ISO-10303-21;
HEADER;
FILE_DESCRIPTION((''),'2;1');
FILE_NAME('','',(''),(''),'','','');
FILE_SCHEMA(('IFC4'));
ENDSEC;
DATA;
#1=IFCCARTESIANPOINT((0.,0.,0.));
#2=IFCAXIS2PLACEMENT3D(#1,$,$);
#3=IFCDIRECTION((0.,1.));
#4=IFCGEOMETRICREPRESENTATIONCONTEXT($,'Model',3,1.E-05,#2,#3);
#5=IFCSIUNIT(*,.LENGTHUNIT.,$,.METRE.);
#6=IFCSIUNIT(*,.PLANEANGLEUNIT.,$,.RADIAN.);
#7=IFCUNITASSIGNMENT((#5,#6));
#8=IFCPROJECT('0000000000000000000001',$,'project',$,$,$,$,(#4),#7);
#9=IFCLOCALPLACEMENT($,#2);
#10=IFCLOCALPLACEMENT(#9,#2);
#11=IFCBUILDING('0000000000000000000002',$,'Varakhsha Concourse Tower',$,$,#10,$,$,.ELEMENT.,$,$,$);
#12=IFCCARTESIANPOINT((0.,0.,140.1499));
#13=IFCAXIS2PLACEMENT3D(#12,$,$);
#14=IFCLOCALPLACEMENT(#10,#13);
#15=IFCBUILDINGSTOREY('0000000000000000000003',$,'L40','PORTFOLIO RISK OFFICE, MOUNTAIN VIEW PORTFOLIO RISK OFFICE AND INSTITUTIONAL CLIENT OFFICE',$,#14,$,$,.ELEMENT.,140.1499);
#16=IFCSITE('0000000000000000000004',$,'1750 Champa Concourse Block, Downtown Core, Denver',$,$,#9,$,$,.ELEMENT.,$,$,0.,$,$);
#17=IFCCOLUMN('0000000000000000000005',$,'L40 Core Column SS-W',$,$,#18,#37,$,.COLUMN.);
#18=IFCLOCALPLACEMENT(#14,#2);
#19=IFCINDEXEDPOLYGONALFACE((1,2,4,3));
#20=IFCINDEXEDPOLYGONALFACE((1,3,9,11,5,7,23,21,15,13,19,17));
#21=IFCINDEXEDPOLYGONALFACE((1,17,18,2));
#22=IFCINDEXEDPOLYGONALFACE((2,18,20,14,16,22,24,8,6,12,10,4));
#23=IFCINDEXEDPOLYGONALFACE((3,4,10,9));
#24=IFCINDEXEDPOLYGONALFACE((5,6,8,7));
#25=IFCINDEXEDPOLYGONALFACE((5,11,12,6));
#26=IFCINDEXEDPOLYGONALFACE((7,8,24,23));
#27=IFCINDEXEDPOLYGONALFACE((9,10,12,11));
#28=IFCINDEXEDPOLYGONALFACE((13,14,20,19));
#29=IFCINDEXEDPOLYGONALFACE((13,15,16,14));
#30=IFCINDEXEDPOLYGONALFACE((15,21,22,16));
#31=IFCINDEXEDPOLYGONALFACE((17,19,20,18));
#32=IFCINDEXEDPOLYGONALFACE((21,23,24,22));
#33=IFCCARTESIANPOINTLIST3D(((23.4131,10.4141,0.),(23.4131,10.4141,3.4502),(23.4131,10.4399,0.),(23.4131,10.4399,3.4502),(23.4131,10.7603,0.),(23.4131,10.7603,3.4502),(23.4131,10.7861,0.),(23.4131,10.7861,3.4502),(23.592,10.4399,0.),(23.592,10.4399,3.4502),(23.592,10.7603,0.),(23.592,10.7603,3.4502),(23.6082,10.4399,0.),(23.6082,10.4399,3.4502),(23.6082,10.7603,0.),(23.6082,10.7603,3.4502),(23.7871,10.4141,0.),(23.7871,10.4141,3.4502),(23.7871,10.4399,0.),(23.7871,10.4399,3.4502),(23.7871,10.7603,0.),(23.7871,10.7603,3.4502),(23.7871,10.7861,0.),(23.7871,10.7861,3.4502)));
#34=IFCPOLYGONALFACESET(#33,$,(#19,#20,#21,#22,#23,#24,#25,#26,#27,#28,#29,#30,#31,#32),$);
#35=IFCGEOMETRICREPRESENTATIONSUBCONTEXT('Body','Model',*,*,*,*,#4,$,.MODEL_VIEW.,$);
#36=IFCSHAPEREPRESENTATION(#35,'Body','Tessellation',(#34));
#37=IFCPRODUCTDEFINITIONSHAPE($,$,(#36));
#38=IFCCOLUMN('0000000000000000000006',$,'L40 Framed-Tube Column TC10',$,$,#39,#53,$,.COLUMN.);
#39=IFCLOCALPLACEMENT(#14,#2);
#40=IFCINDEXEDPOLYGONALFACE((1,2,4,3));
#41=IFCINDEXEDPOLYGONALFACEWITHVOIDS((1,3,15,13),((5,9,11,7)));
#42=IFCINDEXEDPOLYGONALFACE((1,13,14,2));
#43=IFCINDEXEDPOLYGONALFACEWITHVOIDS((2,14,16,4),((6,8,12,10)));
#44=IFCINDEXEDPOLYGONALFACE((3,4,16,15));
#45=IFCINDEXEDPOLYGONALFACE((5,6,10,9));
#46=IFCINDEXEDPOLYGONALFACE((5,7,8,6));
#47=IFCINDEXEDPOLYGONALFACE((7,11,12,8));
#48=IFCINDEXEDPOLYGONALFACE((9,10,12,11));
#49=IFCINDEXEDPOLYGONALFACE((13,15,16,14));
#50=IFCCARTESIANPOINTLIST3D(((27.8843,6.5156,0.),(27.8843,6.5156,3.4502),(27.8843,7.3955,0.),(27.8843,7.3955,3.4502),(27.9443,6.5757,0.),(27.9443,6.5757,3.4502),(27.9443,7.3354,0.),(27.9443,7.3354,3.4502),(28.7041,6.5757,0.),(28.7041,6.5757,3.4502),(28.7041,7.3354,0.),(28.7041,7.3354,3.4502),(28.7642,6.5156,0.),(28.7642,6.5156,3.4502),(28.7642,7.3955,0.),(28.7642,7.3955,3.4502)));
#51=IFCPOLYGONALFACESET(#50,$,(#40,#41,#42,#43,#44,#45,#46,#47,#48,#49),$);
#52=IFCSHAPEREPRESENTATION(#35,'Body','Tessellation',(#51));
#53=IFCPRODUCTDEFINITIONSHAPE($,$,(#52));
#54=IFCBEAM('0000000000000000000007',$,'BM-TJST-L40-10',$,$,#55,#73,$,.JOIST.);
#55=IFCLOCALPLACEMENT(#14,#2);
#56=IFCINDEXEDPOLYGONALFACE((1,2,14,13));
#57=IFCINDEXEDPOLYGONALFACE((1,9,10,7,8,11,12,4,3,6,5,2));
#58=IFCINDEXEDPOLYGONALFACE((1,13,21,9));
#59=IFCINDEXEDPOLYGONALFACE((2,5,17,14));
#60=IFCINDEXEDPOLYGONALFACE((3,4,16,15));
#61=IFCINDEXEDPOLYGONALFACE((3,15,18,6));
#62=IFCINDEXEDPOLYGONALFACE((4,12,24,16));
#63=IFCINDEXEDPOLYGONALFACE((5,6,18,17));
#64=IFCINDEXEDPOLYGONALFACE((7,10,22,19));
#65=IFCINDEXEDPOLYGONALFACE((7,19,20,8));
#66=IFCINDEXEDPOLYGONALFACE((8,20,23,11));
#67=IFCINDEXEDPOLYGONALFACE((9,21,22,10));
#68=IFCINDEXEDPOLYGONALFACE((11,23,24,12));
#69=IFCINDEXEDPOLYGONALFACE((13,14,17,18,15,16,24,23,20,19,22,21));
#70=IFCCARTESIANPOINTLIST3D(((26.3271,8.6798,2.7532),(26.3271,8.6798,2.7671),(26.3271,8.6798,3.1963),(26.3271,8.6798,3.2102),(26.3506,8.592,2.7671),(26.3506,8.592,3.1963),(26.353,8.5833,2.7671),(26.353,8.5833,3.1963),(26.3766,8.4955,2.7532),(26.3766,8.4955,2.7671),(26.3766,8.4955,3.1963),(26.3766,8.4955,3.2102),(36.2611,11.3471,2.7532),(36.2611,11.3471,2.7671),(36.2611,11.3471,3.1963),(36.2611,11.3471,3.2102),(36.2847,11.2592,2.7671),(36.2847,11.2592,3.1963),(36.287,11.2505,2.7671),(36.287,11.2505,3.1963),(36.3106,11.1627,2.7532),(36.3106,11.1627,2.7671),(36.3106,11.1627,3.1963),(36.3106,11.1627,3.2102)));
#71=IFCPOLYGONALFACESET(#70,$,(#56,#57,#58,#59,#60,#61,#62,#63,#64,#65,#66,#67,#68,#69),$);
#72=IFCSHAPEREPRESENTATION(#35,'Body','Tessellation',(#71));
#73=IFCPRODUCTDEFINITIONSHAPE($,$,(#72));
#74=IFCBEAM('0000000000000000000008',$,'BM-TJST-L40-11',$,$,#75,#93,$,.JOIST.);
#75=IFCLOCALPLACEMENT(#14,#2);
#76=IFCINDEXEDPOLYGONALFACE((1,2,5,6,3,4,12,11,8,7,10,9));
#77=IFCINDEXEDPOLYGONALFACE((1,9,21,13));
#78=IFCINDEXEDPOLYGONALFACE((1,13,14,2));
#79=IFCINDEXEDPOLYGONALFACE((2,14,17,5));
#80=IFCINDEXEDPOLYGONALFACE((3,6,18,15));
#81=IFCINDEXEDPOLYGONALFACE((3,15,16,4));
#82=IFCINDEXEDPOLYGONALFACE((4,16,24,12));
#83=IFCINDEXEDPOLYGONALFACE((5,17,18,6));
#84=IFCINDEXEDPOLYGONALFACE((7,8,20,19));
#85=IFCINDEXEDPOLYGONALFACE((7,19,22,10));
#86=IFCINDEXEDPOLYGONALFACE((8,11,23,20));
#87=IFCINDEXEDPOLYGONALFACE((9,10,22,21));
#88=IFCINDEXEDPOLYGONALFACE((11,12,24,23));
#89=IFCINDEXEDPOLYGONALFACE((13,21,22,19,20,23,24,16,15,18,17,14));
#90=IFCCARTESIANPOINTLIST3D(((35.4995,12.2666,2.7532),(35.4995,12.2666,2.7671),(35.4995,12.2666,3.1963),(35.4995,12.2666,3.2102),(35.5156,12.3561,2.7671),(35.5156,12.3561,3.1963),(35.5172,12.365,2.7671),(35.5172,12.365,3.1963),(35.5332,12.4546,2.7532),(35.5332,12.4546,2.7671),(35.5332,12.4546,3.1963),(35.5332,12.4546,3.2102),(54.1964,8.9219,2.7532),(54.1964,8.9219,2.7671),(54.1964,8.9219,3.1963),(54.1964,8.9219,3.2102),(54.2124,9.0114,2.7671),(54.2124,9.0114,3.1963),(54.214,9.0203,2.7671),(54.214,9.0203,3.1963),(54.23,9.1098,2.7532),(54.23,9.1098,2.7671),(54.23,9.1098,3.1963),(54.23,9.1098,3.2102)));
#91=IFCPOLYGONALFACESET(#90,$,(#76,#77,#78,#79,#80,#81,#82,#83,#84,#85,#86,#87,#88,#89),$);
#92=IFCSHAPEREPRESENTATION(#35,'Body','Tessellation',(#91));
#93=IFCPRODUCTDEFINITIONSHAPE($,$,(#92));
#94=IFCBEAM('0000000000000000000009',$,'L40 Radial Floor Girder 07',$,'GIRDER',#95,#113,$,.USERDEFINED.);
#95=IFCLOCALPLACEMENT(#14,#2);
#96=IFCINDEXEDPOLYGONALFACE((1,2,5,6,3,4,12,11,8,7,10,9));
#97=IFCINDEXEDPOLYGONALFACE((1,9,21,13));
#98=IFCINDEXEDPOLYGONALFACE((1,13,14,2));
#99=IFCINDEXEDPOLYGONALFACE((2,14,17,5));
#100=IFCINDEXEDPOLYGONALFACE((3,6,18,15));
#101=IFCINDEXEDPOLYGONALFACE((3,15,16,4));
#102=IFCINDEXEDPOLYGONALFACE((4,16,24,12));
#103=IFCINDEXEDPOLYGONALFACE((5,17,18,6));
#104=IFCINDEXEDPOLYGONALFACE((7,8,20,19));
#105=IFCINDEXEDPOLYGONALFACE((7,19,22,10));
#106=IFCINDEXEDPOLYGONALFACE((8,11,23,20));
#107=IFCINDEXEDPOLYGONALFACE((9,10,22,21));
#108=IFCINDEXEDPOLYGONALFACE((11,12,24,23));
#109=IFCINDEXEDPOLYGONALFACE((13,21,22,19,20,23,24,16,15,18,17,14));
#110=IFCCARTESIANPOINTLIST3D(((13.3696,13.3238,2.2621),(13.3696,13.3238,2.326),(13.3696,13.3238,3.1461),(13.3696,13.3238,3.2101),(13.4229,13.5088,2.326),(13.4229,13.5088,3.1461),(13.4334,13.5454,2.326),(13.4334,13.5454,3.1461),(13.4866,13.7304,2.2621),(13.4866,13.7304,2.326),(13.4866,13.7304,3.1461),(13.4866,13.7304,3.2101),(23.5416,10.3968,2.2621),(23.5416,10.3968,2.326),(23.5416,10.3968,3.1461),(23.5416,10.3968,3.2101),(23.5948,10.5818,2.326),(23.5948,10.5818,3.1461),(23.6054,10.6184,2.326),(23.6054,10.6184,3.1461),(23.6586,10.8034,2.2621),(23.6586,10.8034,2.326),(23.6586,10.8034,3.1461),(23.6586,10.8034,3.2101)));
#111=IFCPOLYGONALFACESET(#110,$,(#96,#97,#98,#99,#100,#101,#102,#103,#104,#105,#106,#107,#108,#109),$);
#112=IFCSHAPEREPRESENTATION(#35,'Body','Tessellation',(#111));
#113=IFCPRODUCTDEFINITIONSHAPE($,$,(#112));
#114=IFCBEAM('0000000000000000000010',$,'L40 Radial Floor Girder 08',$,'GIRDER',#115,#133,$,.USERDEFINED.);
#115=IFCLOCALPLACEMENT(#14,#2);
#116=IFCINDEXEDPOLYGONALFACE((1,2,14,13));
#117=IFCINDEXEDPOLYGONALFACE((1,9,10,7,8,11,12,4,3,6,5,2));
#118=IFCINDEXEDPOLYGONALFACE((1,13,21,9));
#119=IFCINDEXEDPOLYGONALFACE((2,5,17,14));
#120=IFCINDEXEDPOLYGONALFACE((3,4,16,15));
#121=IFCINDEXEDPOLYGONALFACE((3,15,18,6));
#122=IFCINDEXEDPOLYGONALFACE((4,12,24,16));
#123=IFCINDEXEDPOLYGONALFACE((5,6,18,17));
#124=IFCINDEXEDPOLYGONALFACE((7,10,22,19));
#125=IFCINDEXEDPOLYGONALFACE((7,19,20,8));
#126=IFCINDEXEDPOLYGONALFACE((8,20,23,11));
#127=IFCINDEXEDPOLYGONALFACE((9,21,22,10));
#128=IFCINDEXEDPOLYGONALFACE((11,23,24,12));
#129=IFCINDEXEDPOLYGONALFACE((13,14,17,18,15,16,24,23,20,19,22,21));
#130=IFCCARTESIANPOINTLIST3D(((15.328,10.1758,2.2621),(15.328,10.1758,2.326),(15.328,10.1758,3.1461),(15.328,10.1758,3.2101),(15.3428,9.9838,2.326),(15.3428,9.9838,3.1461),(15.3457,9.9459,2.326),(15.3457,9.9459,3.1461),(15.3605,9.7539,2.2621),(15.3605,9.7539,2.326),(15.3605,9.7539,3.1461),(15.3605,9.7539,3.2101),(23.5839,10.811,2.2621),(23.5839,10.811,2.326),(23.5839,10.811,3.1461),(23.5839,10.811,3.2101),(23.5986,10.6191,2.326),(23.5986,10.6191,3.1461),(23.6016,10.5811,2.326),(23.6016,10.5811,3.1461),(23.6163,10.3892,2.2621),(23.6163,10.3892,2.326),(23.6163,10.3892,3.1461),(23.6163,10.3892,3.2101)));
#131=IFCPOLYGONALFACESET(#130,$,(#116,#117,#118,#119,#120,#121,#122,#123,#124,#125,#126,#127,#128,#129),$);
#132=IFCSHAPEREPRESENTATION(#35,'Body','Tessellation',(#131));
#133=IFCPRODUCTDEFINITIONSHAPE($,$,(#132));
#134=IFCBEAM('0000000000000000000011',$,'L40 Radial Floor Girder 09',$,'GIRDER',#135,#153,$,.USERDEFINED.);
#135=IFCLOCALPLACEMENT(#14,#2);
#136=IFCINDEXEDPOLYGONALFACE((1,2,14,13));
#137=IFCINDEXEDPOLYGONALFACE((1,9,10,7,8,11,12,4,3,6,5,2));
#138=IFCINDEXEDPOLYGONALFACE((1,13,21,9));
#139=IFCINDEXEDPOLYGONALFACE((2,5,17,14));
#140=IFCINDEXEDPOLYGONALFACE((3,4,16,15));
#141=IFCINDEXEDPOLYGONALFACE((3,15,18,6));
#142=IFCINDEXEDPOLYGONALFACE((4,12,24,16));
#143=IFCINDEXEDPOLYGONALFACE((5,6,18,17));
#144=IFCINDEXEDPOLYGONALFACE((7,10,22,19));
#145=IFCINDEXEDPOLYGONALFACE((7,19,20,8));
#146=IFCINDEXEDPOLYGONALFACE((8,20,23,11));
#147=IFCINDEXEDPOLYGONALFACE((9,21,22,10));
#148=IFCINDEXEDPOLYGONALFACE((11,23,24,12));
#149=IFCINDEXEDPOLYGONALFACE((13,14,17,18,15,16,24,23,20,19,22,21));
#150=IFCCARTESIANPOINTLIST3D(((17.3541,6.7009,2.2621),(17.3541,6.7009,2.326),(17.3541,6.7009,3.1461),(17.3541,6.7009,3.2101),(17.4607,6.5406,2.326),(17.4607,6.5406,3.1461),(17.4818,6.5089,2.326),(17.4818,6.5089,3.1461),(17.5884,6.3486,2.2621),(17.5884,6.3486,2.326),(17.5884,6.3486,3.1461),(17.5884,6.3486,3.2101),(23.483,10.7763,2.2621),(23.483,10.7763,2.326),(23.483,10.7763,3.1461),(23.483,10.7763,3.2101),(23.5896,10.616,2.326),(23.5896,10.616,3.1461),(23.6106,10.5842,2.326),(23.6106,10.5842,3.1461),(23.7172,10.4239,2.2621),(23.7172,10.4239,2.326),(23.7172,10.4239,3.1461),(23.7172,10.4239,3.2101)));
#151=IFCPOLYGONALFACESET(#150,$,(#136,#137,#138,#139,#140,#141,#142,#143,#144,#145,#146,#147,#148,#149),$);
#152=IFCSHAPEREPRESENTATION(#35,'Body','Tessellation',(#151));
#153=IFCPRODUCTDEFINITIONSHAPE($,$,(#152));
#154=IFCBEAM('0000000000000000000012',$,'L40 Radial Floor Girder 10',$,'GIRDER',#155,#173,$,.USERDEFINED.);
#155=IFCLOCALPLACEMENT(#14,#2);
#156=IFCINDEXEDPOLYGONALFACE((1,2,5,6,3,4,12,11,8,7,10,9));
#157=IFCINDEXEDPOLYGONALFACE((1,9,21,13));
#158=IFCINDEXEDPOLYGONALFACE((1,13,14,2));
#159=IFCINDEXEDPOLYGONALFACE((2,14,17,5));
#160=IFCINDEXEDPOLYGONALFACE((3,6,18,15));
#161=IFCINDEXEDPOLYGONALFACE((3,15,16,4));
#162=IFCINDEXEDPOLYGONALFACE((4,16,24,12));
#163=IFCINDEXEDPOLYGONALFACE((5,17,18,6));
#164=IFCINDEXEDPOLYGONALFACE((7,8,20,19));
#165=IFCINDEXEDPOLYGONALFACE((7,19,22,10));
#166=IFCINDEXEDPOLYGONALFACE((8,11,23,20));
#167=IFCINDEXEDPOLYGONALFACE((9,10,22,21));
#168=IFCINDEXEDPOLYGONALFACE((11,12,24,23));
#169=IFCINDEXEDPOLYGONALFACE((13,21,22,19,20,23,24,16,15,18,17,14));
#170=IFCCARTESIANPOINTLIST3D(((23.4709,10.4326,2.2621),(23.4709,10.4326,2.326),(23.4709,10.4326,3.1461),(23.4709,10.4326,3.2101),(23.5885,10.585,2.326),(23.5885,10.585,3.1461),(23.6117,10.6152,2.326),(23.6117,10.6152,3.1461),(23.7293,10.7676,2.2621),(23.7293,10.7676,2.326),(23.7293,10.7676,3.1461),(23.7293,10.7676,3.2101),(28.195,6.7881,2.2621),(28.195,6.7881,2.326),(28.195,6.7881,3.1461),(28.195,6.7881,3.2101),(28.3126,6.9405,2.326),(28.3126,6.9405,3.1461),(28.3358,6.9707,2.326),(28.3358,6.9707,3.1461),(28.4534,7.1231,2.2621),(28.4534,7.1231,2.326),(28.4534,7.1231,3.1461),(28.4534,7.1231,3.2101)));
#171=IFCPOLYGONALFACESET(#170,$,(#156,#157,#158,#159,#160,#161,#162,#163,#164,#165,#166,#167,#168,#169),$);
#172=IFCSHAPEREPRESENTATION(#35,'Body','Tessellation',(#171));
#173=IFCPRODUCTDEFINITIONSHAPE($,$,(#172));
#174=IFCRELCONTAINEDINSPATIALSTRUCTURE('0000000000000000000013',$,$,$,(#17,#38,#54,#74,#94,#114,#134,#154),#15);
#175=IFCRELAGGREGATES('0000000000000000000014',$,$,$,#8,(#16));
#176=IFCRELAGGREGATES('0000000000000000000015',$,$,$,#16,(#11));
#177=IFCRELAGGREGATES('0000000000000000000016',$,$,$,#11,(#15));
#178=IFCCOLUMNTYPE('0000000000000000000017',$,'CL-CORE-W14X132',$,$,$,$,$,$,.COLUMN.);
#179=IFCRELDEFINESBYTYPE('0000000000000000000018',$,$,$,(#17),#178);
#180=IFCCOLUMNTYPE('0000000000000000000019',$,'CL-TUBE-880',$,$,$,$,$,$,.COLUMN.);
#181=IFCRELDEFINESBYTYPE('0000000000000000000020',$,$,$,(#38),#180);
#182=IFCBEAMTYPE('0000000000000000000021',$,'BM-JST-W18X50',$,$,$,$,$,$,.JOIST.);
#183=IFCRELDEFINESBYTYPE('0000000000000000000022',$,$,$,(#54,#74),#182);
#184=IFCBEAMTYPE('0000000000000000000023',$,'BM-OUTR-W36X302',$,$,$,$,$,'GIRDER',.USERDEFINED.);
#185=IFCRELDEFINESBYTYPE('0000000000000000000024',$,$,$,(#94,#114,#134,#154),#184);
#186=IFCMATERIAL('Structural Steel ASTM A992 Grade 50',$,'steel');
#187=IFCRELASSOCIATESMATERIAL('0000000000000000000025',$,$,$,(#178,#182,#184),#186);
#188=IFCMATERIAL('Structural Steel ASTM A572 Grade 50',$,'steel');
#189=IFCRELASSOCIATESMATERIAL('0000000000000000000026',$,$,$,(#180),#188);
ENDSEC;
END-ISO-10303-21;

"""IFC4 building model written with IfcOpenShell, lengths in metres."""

from ifc_helpers import new_model, si_unit, direction, frame, origin, origin_2d, place, context, subcontext, project, spatial, hollow_rectangle, i_section, extrude, material, material_profile, profile_set, type_object, element, save


model = new_model("IFC4")

# Units and contexts
model_context = context("Model", 3, precision=1e-05, world=origin(), true_north=direction((0.0, 1.0)))
body_context = subcontext(model_context, "Body", "Model", "MODEL_VIEW")
ifc_project = project(units=[si_unit("LENGTHUNIT", "METRE"), si_unit("PLANEANGLEUNIT", "RADIAN")], contexts=[model_context])

# Site, building, storey
site_placement = place(None, origin())
site = spatial("IfcSite", under=ifc_project, at=site_placement, Name="1750 Champa Concourse Block, Downtown Core, Denver", CompositionType="ELEMENT", RefElevation=0.0)
building_placement = place(site_placement, origin())
building = spatial("IfcBuilding", under=site, at=building_placement, Name="Varakhsha Concourse Tower", CompositionType="ELEMENT")
storey_placement = place(building_placement, frame((0.0, 0.0, 140.1499)))
storey = spatial("IfcBuildingStorey", under=building, at=storey_placement, Name="L40", Description="PORTFOLIO RISK OFFICE, MOUNTAIN VIEW PORTFOLIO RISK OFFICE AND INSTITUTIONAL CLIENT OFFICE", CompositionType="ELEMENT", Elevation=140.1499)

# Columns
ifc_material_1 = material(Name="Structural Steel ASTM A992 Grade 50", Category="steel")
ifc_material_profile_1 = material_profile(ifc_material_1, i_section(OverallWidth=0.374, OverallDepth=0.3721, WebThickness=0.0161, FlangeThickness=0.0259, at=origin_2d()), Name="W14X132")
ifc_profile_set_1 = profile_set([ifc_material_profile_1], Name="Structural Steel ASTM A992 Grade 50")
column_type_1 = type_object("IfcColumnType", Name="CL-CORE-W14X132", PredefinedType="COLUMN", material=ifc_profile_set_1)
column_1_placement = place(storey_placement, frame((23.6001, 10.6001, 0.0), z_axis=(0.0, 0.0, 1.0), x_axis=(1.0, 0.0, 0.0)))
element("IfcColumn", 1, at=column_1_placement, inside=storey, type_object=column_type_1, Name="L40 Core Column SS-W", PredefinedType="COLUMN", context=body_context, shape_type="SweptSolid", body=[
    extrude(i_section(OverallWidth=0.374, OverallDepth=0.3721, WebThickness=0.0161, FlangeThickness=0.0259, at=origin_2d()), origin(), (0.0, 0.0, 1.0), 3.4502),
])
ifc_material_2 = material(Name="Structural Steel ASTM A572 Grade 50", Category="steel")
ifc_material_profile_2 = material_profile(ifc_material_2, hollow_rectangle(XDim=0.8799, YDim=0.8799, WallThickness=0.0601, at=origin_2d()), Name="BOX 880x880x60")
ifc_profile_set_2 = profile_set([ifc_material_profile_2], Name="Structural Steel ASTM A572 Grade 50")
column_type_2 = type_object("IfcColumnType", Name="CL-TUBE-880", PredefinedType="COLUMN", material=ifc_profile_set_2)
column_2_placement = place(storey_placement, frame((28.3242, 6.9556, 0.0), z_axis=(0.0, 0.0, 1.0), x_axis=(1.0, 0.0, 0.0)))
element("IfcColumn", 2, at=column_2_placement, inside=storey, type_object=column_type_2, Name="L40 Framed-Tube Column TC10", PredefinedType="COLUMN", context=body_context, shape_type="SweptSolid", body=[
    extrude(hollow_rectangle(XDim=0.8799, YDim=0.8799, WallThickness=0.0601, at=origin_2d()), origin(), (0.0, 0.0, 1.0), 3.4502),
])

# Beams
ifc_material_profile_3 = material_profile(ifc_material_1, i_section(OverallWidth=0.1909, OverallDepth=0.457, WebThickness=0.009, FlangeThickness=0.0139, at=origin_2d()), Name="W18X50")
ifc_profile_set_3 = profile_set([ifc_material_profile_3], Name="Structural Steel ASTM A992 Grade 50")
beam_type_1 = type_object("IfcBeamType", Name="BM-JST-W18X50", PredefinedType="JOIST", material=ifc_profile_set_3)
beam_1_placement = place(storey_placement, frame((26.3518, 8.5876, 2.9817), z_axis=(0.965794, 0.259309, 0.0), x_axis=(-0.259309, 0.965794, 0.0)))
element("IfcBeam", 3, at=beam_1_placement, inside=storey, type_object=beam_type_1, Name="BM-TJST-L40-10", PredefinedType="JOIST", context=body_context, shape_type="SweptSolid", body=[
    extrude(i_section(OverallWidth=0.1909, OverallDepth=0.457, WebThickness=0.009, FlangeThickness=0.0139, at=origin_2d()), origin(), (0.0, 0.0, 1.0), 10.2859),
])
beam_2_placement = place(storey_placement, frame((35.5164, 12.3606, 2.9817), z_axis=(0.984373, -0.176098, 0.0), x_axis=(0.176098, 0.984373, 0.0)))
element("IfcBeam", 4, at=beam_2_placement, inside=storey, type_object=beam_type_1, Name="BM-TJST-L40-11", PredefinedType="JOIST", context=body_context, shape_type="SweptSolid", body=[
    extrude(i_section(OverallWidth=0.1909, OverallDepth=0.457, WebThickness=0.009, FlangeThickness=0.0139, at=origin_2d()), origin(), (0.0, 0.0, 1.0), 18.9937),
])
ifc_material_profile_4 = material_profile(ifc_material_1, i_section(OverallWidth=0.4231, OverallDepth=0.948, WebThickness=0.0381, FlangeThickness=0.064, at=origin_2d()), Name="W36X302")
ifc_profile_set_4 = profile_set([ifc_material_profile_4], Name="Structural Steel ASTM A992 Grade 50")
beam_type_2 = type_object("IfcBeamType", Name="BM-OUTR-W36X302", ElementType="GIRDER", PredefinedType="USERDEFINED", material=ifc_profile_set_4)
beam_3_placement = place(storey_placement, frame((23.6001, 10.6001, 2.7361), z_axis=(-0.961004, 0.276533, 0.0), x_axis=(-0.276533, -0.961004, 0.0)))
element("IfcBeam", 5, at=beam_3_placement, inside=storey, type_object=beam_type_2, Name="L40 Radial Floor Girder 07", ObjectType="GIRDER", PredefinedType="USERDEFINED", context=body_context, shape_type="SweptSolid", body=[
    extrude(i_section(OverallWidth=0.4231, OverallDepth=0.948, WebThickness=0.0381, FlangeThickness=0.064, at=origin_2d()), origin(), (0.0, 0.0, 1.0), 10.5847),
])
beam_4_placement = place(storey_placement, frame((23.6001, 10.6001, 2.7361), z_axis=(-0.997053, -0.076719, 0.0), x_axis=(0.076719, -0.997053, 0.0)))
element("IfcBeam", 6, at=beam_4_placement, inside=storey, type_object=beam_type_2, Name="L40 Radial Floor Girder 08", ObjectType="GIRDER", PredefinedType="USERDEFINED", context=body_context, shape_type="SweptSolid", body=[
    extrude(i_section(OverallWidth=0.4231, OverallDepth=0.948, WebThickness=0.0381, FlangeThickness=0.064, at=origin_2d()), origin(), (0.0, 0.0, 1.0), 8.2803),
])
beam_5_placement = place(storey_placement, frame((23.6001, 10.6001, 2.7361), z_axis=(-0.832708, -0.553712, 0.0), x_axis=(0.553712, -0.832708, 0.0)))
element("IfcBeam", 7, at=beam_5_placement, inside=storey, type_object=beam_type_2, Name="L40 Radial Floor Girder 09", ObjectType="GIRDER", PredefinedType="USERDEFINED", context=body_context, shape_type="SweptSolid", body=[
    extrude(i_section(OverallWidth=0.4231, OverallDepth=0.948, WebThickness=0.0381, FlangeThickness=0.064, at=origin_2d()), origin(), (0.0, 0.0, 1.0), 7.3601),
])
beam_6_placement = place(storey_placement, frame((23.6001, 10.6001, 2.7361), z_axis=(0.791765, -0.610825, 0.0), x_axis=(0.610825, 0.791765, 0.0)))
element("IfcBeam", 8, at=beam_6_placement, inside=storey, type_object=beam_type_2, Name="L40 Radial Floor Girder 10", ObjectType="GIRDER", PredefinedType="USERDEFINED", context=body_context, shape_type="SweptSolid", body=[
    extrude(i_section(OverallWidth=0.4231, OverallDepth=0.948, WebThickness=0.0381, FlangeThickness=0.064, at=origin_2d()), origin(), (0.0, 0.0, 1.0), 5.9666),
])

save(model, "model.ifc")
